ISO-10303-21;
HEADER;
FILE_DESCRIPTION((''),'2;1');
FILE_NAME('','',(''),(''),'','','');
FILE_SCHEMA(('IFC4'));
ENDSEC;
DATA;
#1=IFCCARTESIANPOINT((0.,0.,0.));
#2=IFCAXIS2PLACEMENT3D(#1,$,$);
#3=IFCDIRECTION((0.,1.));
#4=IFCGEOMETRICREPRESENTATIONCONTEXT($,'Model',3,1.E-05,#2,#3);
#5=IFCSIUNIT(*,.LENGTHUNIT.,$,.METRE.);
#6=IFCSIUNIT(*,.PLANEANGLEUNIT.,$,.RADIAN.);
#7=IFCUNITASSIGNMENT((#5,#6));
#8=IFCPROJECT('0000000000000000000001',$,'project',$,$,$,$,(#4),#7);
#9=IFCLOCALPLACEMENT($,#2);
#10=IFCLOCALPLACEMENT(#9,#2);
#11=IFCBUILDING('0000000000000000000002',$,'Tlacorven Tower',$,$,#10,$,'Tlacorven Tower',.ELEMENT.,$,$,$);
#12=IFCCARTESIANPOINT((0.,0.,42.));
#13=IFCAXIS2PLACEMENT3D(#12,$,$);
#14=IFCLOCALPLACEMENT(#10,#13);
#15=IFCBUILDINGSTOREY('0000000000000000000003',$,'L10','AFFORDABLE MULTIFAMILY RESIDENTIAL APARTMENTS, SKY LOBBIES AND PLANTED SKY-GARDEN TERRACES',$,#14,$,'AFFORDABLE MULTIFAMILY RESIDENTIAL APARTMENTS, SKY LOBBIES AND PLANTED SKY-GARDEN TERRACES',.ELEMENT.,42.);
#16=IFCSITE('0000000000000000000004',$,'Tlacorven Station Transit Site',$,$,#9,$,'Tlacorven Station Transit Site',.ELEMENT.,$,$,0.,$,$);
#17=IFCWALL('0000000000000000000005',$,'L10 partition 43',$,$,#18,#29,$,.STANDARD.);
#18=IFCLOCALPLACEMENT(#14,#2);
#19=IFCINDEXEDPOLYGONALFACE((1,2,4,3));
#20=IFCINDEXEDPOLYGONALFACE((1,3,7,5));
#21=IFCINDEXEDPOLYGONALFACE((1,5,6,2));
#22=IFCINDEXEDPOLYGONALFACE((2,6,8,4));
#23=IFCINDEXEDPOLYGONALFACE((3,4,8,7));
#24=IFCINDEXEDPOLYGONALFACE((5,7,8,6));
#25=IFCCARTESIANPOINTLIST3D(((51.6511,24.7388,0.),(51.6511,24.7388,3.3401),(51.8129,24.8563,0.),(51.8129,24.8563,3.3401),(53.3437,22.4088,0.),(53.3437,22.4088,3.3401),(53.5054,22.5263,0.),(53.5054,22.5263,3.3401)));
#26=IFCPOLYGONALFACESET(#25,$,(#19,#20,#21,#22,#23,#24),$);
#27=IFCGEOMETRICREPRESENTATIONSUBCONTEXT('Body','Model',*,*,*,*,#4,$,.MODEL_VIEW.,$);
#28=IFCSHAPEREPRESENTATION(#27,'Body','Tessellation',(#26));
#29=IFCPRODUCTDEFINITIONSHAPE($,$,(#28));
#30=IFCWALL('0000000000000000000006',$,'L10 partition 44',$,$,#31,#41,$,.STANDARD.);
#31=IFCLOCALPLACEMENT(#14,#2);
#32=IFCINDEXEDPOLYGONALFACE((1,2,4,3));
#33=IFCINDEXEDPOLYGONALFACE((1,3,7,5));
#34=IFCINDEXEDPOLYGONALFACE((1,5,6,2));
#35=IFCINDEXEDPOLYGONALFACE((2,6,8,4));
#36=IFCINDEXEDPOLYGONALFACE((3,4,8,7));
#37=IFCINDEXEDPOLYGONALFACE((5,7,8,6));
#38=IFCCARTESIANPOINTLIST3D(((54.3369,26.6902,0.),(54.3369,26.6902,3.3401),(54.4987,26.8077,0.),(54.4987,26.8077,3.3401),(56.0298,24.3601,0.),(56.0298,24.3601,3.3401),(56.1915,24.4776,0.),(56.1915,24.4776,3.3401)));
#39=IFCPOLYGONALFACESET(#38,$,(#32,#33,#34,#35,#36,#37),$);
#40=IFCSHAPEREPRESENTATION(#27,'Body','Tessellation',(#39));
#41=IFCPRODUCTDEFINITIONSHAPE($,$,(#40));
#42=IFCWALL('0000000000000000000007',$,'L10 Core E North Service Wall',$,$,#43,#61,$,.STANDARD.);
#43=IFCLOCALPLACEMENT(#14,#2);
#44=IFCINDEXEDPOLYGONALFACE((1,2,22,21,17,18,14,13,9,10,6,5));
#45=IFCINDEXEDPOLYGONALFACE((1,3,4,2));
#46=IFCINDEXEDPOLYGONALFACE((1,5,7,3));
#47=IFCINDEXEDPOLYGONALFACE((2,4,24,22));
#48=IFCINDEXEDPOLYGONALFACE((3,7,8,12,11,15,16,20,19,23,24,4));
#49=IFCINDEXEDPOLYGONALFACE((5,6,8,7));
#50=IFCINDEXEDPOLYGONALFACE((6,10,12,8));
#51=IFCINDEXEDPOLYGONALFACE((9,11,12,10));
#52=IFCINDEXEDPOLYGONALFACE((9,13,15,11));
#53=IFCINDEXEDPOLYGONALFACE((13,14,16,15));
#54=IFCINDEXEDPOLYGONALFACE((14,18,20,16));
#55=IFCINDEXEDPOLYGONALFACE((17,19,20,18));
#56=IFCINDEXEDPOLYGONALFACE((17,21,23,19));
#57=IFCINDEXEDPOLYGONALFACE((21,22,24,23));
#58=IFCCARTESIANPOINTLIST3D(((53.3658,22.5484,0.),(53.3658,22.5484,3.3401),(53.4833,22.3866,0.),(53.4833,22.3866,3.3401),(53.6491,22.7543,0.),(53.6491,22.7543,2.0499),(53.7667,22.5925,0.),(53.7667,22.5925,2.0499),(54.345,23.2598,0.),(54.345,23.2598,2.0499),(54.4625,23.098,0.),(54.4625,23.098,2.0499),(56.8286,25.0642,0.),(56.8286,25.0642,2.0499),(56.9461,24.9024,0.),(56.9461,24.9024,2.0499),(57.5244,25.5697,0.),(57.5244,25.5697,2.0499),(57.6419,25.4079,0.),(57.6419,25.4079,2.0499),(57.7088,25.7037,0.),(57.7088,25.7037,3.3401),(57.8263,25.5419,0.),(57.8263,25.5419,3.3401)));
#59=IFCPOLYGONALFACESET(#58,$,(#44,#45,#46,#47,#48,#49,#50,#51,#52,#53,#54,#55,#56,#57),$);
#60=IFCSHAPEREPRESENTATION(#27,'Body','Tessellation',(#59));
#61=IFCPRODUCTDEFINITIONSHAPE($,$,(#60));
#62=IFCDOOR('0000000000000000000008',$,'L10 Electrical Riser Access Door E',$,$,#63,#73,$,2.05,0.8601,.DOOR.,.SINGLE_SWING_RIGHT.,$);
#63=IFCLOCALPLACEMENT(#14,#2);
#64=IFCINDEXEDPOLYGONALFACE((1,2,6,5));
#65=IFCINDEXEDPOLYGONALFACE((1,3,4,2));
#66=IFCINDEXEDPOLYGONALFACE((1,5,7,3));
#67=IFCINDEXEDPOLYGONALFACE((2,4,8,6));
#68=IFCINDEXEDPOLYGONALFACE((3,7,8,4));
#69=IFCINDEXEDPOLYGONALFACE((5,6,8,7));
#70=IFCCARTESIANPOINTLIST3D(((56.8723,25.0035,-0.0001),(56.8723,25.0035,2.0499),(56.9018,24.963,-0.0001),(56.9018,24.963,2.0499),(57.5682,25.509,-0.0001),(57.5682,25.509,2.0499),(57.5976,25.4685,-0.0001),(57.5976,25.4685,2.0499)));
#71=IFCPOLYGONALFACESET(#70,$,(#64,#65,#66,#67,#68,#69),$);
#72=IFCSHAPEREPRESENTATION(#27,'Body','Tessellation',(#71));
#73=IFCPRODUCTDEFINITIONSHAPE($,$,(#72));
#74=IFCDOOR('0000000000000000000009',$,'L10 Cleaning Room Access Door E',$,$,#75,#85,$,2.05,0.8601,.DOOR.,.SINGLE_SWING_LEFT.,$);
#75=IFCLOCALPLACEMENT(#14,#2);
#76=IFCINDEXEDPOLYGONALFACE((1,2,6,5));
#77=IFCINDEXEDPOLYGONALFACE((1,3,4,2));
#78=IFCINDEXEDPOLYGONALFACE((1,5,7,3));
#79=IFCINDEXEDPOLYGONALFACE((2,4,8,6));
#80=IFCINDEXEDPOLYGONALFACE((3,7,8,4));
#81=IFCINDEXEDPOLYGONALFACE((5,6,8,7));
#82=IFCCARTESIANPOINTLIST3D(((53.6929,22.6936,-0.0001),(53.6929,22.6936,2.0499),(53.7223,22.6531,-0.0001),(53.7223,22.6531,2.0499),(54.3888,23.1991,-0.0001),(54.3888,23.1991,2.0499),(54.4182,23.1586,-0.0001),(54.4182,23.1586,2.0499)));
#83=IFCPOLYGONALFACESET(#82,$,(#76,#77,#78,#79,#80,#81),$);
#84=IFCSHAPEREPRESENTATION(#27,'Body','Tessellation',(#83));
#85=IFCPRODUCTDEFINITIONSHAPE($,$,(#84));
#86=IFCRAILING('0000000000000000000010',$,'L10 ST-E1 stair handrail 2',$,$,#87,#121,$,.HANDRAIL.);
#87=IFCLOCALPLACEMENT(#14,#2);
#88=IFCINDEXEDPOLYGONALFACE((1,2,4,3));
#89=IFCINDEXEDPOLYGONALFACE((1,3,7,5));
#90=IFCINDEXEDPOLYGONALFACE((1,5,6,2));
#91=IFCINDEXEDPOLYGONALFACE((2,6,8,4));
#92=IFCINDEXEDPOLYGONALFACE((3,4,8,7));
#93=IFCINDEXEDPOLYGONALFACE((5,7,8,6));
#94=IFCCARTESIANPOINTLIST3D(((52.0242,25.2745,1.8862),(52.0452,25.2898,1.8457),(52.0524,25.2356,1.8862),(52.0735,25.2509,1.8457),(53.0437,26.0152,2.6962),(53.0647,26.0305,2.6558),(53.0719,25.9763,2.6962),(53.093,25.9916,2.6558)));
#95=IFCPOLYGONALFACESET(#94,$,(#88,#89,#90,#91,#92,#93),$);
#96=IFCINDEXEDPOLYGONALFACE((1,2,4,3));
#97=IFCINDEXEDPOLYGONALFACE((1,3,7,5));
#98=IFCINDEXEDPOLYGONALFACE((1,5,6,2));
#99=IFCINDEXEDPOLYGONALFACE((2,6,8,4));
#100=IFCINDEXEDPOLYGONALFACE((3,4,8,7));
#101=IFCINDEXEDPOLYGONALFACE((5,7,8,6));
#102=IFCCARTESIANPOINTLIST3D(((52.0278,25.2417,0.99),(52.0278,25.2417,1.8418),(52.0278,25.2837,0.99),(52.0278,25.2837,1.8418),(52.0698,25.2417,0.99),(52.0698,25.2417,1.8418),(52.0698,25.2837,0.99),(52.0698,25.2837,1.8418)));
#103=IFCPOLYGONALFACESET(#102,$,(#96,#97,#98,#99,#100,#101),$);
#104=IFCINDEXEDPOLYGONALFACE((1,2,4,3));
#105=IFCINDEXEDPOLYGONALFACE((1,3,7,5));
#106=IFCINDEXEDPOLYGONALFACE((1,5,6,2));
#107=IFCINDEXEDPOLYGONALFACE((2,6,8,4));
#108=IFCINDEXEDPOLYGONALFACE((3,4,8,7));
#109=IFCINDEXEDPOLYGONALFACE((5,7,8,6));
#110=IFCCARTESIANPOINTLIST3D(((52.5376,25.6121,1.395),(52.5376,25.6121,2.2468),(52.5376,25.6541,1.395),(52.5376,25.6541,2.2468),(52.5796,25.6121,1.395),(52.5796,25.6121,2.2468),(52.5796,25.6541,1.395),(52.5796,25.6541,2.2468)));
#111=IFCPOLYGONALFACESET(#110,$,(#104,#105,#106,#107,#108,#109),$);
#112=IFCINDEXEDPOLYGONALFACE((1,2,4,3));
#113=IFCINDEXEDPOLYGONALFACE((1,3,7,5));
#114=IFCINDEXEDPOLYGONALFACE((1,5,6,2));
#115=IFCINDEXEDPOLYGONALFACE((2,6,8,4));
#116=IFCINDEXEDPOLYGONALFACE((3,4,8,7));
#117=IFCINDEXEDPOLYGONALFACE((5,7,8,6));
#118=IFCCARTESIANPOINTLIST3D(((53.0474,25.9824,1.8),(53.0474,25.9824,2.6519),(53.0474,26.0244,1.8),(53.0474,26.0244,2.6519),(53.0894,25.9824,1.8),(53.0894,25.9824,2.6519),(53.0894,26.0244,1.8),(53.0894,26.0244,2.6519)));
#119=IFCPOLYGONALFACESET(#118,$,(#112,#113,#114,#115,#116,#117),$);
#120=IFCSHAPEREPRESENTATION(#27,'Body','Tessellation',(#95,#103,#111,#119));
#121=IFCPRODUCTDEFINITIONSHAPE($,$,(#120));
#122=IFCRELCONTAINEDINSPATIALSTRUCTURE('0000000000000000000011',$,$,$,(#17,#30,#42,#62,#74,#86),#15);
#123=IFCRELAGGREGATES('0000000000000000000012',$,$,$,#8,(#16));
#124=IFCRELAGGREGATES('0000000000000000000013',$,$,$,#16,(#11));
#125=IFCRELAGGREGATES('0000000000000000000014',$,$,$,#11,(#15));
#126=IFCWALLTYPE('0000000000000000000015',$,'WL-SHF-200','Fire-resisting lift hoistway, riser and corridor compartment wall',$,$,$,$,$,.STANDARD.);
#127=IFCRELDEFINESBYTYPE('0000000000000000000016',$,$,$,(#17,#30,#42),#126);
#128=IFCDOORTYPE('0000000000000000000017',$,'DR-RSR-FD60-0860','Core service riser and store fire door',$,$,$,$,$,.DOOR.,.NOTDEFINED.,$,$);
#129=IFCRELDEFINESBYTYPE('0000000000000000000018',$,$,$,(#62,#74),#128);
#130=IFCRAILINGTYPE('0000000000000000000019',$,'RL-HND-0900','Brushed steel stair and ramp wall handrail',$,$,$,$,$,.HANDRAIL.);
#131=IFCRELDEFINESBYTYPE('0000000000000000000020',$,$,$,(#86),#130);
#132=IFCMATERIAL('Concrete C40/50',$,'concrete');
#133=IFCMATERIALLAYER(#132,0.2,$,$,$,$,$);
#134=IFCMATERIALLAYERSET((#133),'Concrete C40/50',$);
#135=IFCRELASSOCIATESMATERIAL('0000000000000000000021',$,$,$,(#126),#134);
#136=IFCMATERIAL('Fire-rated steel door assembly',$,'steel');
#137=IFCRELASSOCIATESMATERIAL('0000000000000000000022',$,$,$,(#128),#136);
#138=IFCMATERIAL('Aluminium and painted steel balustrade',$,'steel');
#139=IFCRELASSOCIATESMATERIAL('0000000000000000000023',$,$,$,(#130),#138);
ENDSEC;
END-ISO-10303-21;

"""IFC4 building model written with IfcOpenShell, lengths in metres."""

from ifc_helpers import new_model, si_unit, direction, frame, frame_2d, origin, origin_2d, place, context, subcontext, project, spatial, rectangle, extrude, source, transform, mapped, material, layer, layer_set, type_object, element, fill, save


model = new_model("IFC4")

# Units and contexts
model_context = context("Model", 3, precision=1e-05, world=origin(), true_north=direction((0.0, 1.0)))
body_context = subcontext(model_context, "Body", "Model", "MODEL_VIEW")
ifc_project = project(units=[si_unit("LENGTHUNIT", "METRE"), si_unit("PLANEANGLEUNIT", "RADIAN")], contexts=[model_context])

# Site, building, storey
site_placement = place(None, origin())
site = spatial("IfcSite", under=ifc_project, at=site_placement, Name="Tlacorven Station Transit Site", LongName="Tlacorven Station Transit Site", CompositionType="ELEMENT", RefElevation=0.0)
building_placement = place(site_placement, origin())
building = spatial("IfcBuilding", under=site, at=building_placement, Name="Tlacorven Tower", LongName="Tlacorven Tower", CompositionType="ELEMENT")
storey_placement = place(building_placement, frame((0.0, 0.0, 42.0)))
storey = spatial("IfcBuildingStorey", under=building, at=storey_placement, Name="L10", Description="AFFORDABLE MULTIFAMILY RESIDENTIAL APARTMENTS, SKY LOBBIES AND PLANTED SKY-GARDEN TERRACES", LongName="AFFORDABLE MULTIFAMILY RESIDENTIAL APARTMENTS, SKY LOBBIES AND PLANTED SKY-GARDEN TERRACES", CompositionType="ELEMENT", Elevation=42.0)

# Shared definitions
ifc_material_1 = material(Name="Concrete C40/50", Category="concrete")
ifc_layer_1 = layer(ifc_material_1, 0.2)
ifc_layer_set_1 = layer_set([ifc_layer_1], Name="Concrete C40/50")
wall_type_1 = type_object("IfcWallType", Name="WL-SHF-200", Description="Fire-resisting lift hoistway, riser and corridor compartment wall", PredefinedType="STANDARD", material=ifc_layer_set_1)
ifc_material_2 = material(Name="Fire-rated steel door assembly", Category="steel")
door_type_1 = type_object("IfcDoorType", Name="DR-RSR-FD60-0860", Description="Core service riser and store fire door", OperationType="NOTDEFINED", PredefinedType="DOOR", material=ifc_material_2)
shared_shape_1 = source(origin(), body_context, "Body", "SweptSolid", [
    extrude(rectangle(XDim=0.8601, YDim=2.05, at=frame_2d((0.4302, 1.0249))), frame((0.0, 0.0249, 0.0), z_axis=(0.0, -1.0, 0.0), x_axis=(1.0, 0.0, 0.0)), (0.0, 0.0, 1.0), 0.05),
])

# Walls
wall_1_placement = place(storey_placement, frame((53.4246, 22.4675, 0.0), z_axis=(0.0, 0.0, 1.0), x_axis=(-0.587723, 0.809062, 0.0)))
element("IfcWall", 1, at=wall_1_placement, inside=storey, type_object=wall_type_1, Name="L10 partition 43", PredefinedType="STANDARD", context=body_context, shape_type="SweptSolid", body=[
    extrude(rectangle(XDim=2.8799, YDim=0.2, at=frame_2d((1.4399, 0.0))), origin(), (0.0, 0.0, 1.0), 3.3401),
])
wall_2_placement = place(storey_placement, frame((56.1106, 24.4189, 0.0), z_axis=(0.0, 0.0, 1.0), x_axis=(-0.587778, 0.809022, 0.0)))
element("IfcWall", 2, at=wall_2_placement, inside=storey, type_object=wall_type_1, Name="L10 partition 44", PredefinedType="STANDARD", context=body_context, shape_type="SweptSolid", body=[
    extrude(rectangle(XDim=2.8801, YDim=0.2, at=frame_2d((1.4399, 0.0))), origin(), (0.0, 0.0, 1.0), 3.3401),
])

# Wall, openings, doors
wall_3_placement = place(storey_placement, frame((53.4246, 22.4675, 0.0), z_axis=(0.0, 0.0, 1.0), x_axis=(0.809027, 0.587771, 0.0)))
wall_3 = element("IfcWall", 3, at=wall_3_placement, inside=storey, type_object=wall_type_1, Name="L10 Core E North Service Wall", PredefinedType="STANDARD", context=body_context, shape_type="SweptSolid", body=[
    extrude(rectangle(XDim=5.3682, YDim=0.2, at=frame_2d((2.6841, 0.0))), origin(), (0.0, 0.0, 1.0), 3.3401),
])
opening_1_placement = place(wall_3_placement, frame((4.28, 0.0, 0.0)))
opening_1 = element("IfcOpeningElement", 4, at=opening_1_placement, cuts=wall_3, PredefinedType="OPENING", context=body_context, shape_type="SweptSolid", body=[
    extrude(rectangle(XDim=0.8601, YDim=2.05, at=frame_2d((0.4302, 1.0249))), frame((0.0, 0.1099, 0.0), z_axis=(0.0, -1.0, 0.0), x_axis=(1.0, 0.0, 0.0)), (0.0, 0.0, 1.0), 0.22),
])
opening_2_placement = place(wall_3_placement, frame((0.3501, 0.0, 0.0)))
opening_2 = element("IfcOpeningElement", 5, at=opening_2_placement, cuts=wall_3, PredefinedType="OPENING", context=body_context, shape_type="SweptSolid", body=[
    extrude(rectangle(XDim=0.8601, YDim=2.05, at=frame_2d((0.4302, 1.0249))), frame((0.0, 0.1099, 0.0), z_axis=(0.0, -1.0, 0.0), x_axis=(1.0, 0.0, 0.0)), (0.0, 0.0, 1.0), 0.22),
])
door_1_placement = place(opening_1_placement, frame((0.8601, 0.0, 0.0), z_axis=(0.0, 0.0, 1.0), x_axis=(-1.0, 0.0, 0.0)))
door_1 = element("IfcDoor", 6, at=door_1_placement, inside=storey, type_object=door_type_1, Name="L10 Electrical Riser Access Door E", OperationType="SINGLE_SWING_RIGHT", OverallHeight=2.05, OverallWidth=0.8601, PredefinedType="DOOR", context=body_context, shape_type="MappedRepresentation", body=[
    mapped(shared_shape_1, transform((0.0, 0.0, 0.0), scale=1.0)),
])
fill(opening_1, door_1)
door_2_placement = place(opening_2_placement, frame((0.8601, 0.0, 0.0), z_axis=(0.0, 0.0, 1.0), x_axis=(-1.0, 0.0, 0.0)))
door_2 = element("IfcDoor", 7, at=door_2_placement, inside=storey, type_object=door_type_1, Name="L10 Cleaning Room Access Door E", OperationType="SINGLE_SWING_LEFT", OverallHeight=2.05, OverallWidth=0.8601, PredefinedType="DOOR", context=body_context, shape_type="MappedRepresentation", body=[
    mapped(shared_shape_1, transform((0.0, 0.0, 0.0), scale=1.0)),
])
fill(opening_2, door_2)

# Railing
ifc_material_3 = material(Name="Aluminium and painted steel balustrade", Category="steel")
railing_type = type_object("IfcRailingType", Name="RL-HND-0900", Description="Brushed steel stair and ramp wall handrail", PredefinedType="HANDRAIL", material=ifc_material_3)
shared_shape_2 = source(origin(), body_context, "Body", "SweptSolid", [
    extrude(rectangle(XDim=0.0481, YDim=0.0481, at=origin_2d()), frame((0.0, 0.0, 0.876), z_axis=(0.680549, 0.494441, 0.540723), x_axis=(-0.58778, 0.809021, 0.0)), (0.0, 0.0, 1.0), 1.498),
    extrude(rectangle(XDim=0.042, YDim=0.042, at=origin_2d()), origin(), (0.0, 0.0, 1.0), 0.8518),
    extrude(rectangle(XDim=0.042, YDim=0.042, at=origin_2d()), frame((0.5098, 0.3704, 0.405)), (0.0, 0.0, 1.0), 0.8518),
    extrude(rectangle(XDim=0.042, YDim=0.042, at=origin_2d()), frame((1.0195, 0.7407, 0.8101)), (0.0, 0.0, 1.0), 0.8518),
])
railing_placement = place(storey_placement, frame((52.0488, 25.2627, 0.99)))
element("IfcRailing", 8, at=railing_placement, inside=storey, type_object=railing_type, Name="L10 ST-E1 stair handrail 2", PredefinedType="HANDRAIL", context=body_context, shape_type="MappedRepresentation", body=[
    mapped(shared_shape_2, transform((0.0, 0.0, 0.0), scale=1.0)),
])

save(model, "model.ifc")
